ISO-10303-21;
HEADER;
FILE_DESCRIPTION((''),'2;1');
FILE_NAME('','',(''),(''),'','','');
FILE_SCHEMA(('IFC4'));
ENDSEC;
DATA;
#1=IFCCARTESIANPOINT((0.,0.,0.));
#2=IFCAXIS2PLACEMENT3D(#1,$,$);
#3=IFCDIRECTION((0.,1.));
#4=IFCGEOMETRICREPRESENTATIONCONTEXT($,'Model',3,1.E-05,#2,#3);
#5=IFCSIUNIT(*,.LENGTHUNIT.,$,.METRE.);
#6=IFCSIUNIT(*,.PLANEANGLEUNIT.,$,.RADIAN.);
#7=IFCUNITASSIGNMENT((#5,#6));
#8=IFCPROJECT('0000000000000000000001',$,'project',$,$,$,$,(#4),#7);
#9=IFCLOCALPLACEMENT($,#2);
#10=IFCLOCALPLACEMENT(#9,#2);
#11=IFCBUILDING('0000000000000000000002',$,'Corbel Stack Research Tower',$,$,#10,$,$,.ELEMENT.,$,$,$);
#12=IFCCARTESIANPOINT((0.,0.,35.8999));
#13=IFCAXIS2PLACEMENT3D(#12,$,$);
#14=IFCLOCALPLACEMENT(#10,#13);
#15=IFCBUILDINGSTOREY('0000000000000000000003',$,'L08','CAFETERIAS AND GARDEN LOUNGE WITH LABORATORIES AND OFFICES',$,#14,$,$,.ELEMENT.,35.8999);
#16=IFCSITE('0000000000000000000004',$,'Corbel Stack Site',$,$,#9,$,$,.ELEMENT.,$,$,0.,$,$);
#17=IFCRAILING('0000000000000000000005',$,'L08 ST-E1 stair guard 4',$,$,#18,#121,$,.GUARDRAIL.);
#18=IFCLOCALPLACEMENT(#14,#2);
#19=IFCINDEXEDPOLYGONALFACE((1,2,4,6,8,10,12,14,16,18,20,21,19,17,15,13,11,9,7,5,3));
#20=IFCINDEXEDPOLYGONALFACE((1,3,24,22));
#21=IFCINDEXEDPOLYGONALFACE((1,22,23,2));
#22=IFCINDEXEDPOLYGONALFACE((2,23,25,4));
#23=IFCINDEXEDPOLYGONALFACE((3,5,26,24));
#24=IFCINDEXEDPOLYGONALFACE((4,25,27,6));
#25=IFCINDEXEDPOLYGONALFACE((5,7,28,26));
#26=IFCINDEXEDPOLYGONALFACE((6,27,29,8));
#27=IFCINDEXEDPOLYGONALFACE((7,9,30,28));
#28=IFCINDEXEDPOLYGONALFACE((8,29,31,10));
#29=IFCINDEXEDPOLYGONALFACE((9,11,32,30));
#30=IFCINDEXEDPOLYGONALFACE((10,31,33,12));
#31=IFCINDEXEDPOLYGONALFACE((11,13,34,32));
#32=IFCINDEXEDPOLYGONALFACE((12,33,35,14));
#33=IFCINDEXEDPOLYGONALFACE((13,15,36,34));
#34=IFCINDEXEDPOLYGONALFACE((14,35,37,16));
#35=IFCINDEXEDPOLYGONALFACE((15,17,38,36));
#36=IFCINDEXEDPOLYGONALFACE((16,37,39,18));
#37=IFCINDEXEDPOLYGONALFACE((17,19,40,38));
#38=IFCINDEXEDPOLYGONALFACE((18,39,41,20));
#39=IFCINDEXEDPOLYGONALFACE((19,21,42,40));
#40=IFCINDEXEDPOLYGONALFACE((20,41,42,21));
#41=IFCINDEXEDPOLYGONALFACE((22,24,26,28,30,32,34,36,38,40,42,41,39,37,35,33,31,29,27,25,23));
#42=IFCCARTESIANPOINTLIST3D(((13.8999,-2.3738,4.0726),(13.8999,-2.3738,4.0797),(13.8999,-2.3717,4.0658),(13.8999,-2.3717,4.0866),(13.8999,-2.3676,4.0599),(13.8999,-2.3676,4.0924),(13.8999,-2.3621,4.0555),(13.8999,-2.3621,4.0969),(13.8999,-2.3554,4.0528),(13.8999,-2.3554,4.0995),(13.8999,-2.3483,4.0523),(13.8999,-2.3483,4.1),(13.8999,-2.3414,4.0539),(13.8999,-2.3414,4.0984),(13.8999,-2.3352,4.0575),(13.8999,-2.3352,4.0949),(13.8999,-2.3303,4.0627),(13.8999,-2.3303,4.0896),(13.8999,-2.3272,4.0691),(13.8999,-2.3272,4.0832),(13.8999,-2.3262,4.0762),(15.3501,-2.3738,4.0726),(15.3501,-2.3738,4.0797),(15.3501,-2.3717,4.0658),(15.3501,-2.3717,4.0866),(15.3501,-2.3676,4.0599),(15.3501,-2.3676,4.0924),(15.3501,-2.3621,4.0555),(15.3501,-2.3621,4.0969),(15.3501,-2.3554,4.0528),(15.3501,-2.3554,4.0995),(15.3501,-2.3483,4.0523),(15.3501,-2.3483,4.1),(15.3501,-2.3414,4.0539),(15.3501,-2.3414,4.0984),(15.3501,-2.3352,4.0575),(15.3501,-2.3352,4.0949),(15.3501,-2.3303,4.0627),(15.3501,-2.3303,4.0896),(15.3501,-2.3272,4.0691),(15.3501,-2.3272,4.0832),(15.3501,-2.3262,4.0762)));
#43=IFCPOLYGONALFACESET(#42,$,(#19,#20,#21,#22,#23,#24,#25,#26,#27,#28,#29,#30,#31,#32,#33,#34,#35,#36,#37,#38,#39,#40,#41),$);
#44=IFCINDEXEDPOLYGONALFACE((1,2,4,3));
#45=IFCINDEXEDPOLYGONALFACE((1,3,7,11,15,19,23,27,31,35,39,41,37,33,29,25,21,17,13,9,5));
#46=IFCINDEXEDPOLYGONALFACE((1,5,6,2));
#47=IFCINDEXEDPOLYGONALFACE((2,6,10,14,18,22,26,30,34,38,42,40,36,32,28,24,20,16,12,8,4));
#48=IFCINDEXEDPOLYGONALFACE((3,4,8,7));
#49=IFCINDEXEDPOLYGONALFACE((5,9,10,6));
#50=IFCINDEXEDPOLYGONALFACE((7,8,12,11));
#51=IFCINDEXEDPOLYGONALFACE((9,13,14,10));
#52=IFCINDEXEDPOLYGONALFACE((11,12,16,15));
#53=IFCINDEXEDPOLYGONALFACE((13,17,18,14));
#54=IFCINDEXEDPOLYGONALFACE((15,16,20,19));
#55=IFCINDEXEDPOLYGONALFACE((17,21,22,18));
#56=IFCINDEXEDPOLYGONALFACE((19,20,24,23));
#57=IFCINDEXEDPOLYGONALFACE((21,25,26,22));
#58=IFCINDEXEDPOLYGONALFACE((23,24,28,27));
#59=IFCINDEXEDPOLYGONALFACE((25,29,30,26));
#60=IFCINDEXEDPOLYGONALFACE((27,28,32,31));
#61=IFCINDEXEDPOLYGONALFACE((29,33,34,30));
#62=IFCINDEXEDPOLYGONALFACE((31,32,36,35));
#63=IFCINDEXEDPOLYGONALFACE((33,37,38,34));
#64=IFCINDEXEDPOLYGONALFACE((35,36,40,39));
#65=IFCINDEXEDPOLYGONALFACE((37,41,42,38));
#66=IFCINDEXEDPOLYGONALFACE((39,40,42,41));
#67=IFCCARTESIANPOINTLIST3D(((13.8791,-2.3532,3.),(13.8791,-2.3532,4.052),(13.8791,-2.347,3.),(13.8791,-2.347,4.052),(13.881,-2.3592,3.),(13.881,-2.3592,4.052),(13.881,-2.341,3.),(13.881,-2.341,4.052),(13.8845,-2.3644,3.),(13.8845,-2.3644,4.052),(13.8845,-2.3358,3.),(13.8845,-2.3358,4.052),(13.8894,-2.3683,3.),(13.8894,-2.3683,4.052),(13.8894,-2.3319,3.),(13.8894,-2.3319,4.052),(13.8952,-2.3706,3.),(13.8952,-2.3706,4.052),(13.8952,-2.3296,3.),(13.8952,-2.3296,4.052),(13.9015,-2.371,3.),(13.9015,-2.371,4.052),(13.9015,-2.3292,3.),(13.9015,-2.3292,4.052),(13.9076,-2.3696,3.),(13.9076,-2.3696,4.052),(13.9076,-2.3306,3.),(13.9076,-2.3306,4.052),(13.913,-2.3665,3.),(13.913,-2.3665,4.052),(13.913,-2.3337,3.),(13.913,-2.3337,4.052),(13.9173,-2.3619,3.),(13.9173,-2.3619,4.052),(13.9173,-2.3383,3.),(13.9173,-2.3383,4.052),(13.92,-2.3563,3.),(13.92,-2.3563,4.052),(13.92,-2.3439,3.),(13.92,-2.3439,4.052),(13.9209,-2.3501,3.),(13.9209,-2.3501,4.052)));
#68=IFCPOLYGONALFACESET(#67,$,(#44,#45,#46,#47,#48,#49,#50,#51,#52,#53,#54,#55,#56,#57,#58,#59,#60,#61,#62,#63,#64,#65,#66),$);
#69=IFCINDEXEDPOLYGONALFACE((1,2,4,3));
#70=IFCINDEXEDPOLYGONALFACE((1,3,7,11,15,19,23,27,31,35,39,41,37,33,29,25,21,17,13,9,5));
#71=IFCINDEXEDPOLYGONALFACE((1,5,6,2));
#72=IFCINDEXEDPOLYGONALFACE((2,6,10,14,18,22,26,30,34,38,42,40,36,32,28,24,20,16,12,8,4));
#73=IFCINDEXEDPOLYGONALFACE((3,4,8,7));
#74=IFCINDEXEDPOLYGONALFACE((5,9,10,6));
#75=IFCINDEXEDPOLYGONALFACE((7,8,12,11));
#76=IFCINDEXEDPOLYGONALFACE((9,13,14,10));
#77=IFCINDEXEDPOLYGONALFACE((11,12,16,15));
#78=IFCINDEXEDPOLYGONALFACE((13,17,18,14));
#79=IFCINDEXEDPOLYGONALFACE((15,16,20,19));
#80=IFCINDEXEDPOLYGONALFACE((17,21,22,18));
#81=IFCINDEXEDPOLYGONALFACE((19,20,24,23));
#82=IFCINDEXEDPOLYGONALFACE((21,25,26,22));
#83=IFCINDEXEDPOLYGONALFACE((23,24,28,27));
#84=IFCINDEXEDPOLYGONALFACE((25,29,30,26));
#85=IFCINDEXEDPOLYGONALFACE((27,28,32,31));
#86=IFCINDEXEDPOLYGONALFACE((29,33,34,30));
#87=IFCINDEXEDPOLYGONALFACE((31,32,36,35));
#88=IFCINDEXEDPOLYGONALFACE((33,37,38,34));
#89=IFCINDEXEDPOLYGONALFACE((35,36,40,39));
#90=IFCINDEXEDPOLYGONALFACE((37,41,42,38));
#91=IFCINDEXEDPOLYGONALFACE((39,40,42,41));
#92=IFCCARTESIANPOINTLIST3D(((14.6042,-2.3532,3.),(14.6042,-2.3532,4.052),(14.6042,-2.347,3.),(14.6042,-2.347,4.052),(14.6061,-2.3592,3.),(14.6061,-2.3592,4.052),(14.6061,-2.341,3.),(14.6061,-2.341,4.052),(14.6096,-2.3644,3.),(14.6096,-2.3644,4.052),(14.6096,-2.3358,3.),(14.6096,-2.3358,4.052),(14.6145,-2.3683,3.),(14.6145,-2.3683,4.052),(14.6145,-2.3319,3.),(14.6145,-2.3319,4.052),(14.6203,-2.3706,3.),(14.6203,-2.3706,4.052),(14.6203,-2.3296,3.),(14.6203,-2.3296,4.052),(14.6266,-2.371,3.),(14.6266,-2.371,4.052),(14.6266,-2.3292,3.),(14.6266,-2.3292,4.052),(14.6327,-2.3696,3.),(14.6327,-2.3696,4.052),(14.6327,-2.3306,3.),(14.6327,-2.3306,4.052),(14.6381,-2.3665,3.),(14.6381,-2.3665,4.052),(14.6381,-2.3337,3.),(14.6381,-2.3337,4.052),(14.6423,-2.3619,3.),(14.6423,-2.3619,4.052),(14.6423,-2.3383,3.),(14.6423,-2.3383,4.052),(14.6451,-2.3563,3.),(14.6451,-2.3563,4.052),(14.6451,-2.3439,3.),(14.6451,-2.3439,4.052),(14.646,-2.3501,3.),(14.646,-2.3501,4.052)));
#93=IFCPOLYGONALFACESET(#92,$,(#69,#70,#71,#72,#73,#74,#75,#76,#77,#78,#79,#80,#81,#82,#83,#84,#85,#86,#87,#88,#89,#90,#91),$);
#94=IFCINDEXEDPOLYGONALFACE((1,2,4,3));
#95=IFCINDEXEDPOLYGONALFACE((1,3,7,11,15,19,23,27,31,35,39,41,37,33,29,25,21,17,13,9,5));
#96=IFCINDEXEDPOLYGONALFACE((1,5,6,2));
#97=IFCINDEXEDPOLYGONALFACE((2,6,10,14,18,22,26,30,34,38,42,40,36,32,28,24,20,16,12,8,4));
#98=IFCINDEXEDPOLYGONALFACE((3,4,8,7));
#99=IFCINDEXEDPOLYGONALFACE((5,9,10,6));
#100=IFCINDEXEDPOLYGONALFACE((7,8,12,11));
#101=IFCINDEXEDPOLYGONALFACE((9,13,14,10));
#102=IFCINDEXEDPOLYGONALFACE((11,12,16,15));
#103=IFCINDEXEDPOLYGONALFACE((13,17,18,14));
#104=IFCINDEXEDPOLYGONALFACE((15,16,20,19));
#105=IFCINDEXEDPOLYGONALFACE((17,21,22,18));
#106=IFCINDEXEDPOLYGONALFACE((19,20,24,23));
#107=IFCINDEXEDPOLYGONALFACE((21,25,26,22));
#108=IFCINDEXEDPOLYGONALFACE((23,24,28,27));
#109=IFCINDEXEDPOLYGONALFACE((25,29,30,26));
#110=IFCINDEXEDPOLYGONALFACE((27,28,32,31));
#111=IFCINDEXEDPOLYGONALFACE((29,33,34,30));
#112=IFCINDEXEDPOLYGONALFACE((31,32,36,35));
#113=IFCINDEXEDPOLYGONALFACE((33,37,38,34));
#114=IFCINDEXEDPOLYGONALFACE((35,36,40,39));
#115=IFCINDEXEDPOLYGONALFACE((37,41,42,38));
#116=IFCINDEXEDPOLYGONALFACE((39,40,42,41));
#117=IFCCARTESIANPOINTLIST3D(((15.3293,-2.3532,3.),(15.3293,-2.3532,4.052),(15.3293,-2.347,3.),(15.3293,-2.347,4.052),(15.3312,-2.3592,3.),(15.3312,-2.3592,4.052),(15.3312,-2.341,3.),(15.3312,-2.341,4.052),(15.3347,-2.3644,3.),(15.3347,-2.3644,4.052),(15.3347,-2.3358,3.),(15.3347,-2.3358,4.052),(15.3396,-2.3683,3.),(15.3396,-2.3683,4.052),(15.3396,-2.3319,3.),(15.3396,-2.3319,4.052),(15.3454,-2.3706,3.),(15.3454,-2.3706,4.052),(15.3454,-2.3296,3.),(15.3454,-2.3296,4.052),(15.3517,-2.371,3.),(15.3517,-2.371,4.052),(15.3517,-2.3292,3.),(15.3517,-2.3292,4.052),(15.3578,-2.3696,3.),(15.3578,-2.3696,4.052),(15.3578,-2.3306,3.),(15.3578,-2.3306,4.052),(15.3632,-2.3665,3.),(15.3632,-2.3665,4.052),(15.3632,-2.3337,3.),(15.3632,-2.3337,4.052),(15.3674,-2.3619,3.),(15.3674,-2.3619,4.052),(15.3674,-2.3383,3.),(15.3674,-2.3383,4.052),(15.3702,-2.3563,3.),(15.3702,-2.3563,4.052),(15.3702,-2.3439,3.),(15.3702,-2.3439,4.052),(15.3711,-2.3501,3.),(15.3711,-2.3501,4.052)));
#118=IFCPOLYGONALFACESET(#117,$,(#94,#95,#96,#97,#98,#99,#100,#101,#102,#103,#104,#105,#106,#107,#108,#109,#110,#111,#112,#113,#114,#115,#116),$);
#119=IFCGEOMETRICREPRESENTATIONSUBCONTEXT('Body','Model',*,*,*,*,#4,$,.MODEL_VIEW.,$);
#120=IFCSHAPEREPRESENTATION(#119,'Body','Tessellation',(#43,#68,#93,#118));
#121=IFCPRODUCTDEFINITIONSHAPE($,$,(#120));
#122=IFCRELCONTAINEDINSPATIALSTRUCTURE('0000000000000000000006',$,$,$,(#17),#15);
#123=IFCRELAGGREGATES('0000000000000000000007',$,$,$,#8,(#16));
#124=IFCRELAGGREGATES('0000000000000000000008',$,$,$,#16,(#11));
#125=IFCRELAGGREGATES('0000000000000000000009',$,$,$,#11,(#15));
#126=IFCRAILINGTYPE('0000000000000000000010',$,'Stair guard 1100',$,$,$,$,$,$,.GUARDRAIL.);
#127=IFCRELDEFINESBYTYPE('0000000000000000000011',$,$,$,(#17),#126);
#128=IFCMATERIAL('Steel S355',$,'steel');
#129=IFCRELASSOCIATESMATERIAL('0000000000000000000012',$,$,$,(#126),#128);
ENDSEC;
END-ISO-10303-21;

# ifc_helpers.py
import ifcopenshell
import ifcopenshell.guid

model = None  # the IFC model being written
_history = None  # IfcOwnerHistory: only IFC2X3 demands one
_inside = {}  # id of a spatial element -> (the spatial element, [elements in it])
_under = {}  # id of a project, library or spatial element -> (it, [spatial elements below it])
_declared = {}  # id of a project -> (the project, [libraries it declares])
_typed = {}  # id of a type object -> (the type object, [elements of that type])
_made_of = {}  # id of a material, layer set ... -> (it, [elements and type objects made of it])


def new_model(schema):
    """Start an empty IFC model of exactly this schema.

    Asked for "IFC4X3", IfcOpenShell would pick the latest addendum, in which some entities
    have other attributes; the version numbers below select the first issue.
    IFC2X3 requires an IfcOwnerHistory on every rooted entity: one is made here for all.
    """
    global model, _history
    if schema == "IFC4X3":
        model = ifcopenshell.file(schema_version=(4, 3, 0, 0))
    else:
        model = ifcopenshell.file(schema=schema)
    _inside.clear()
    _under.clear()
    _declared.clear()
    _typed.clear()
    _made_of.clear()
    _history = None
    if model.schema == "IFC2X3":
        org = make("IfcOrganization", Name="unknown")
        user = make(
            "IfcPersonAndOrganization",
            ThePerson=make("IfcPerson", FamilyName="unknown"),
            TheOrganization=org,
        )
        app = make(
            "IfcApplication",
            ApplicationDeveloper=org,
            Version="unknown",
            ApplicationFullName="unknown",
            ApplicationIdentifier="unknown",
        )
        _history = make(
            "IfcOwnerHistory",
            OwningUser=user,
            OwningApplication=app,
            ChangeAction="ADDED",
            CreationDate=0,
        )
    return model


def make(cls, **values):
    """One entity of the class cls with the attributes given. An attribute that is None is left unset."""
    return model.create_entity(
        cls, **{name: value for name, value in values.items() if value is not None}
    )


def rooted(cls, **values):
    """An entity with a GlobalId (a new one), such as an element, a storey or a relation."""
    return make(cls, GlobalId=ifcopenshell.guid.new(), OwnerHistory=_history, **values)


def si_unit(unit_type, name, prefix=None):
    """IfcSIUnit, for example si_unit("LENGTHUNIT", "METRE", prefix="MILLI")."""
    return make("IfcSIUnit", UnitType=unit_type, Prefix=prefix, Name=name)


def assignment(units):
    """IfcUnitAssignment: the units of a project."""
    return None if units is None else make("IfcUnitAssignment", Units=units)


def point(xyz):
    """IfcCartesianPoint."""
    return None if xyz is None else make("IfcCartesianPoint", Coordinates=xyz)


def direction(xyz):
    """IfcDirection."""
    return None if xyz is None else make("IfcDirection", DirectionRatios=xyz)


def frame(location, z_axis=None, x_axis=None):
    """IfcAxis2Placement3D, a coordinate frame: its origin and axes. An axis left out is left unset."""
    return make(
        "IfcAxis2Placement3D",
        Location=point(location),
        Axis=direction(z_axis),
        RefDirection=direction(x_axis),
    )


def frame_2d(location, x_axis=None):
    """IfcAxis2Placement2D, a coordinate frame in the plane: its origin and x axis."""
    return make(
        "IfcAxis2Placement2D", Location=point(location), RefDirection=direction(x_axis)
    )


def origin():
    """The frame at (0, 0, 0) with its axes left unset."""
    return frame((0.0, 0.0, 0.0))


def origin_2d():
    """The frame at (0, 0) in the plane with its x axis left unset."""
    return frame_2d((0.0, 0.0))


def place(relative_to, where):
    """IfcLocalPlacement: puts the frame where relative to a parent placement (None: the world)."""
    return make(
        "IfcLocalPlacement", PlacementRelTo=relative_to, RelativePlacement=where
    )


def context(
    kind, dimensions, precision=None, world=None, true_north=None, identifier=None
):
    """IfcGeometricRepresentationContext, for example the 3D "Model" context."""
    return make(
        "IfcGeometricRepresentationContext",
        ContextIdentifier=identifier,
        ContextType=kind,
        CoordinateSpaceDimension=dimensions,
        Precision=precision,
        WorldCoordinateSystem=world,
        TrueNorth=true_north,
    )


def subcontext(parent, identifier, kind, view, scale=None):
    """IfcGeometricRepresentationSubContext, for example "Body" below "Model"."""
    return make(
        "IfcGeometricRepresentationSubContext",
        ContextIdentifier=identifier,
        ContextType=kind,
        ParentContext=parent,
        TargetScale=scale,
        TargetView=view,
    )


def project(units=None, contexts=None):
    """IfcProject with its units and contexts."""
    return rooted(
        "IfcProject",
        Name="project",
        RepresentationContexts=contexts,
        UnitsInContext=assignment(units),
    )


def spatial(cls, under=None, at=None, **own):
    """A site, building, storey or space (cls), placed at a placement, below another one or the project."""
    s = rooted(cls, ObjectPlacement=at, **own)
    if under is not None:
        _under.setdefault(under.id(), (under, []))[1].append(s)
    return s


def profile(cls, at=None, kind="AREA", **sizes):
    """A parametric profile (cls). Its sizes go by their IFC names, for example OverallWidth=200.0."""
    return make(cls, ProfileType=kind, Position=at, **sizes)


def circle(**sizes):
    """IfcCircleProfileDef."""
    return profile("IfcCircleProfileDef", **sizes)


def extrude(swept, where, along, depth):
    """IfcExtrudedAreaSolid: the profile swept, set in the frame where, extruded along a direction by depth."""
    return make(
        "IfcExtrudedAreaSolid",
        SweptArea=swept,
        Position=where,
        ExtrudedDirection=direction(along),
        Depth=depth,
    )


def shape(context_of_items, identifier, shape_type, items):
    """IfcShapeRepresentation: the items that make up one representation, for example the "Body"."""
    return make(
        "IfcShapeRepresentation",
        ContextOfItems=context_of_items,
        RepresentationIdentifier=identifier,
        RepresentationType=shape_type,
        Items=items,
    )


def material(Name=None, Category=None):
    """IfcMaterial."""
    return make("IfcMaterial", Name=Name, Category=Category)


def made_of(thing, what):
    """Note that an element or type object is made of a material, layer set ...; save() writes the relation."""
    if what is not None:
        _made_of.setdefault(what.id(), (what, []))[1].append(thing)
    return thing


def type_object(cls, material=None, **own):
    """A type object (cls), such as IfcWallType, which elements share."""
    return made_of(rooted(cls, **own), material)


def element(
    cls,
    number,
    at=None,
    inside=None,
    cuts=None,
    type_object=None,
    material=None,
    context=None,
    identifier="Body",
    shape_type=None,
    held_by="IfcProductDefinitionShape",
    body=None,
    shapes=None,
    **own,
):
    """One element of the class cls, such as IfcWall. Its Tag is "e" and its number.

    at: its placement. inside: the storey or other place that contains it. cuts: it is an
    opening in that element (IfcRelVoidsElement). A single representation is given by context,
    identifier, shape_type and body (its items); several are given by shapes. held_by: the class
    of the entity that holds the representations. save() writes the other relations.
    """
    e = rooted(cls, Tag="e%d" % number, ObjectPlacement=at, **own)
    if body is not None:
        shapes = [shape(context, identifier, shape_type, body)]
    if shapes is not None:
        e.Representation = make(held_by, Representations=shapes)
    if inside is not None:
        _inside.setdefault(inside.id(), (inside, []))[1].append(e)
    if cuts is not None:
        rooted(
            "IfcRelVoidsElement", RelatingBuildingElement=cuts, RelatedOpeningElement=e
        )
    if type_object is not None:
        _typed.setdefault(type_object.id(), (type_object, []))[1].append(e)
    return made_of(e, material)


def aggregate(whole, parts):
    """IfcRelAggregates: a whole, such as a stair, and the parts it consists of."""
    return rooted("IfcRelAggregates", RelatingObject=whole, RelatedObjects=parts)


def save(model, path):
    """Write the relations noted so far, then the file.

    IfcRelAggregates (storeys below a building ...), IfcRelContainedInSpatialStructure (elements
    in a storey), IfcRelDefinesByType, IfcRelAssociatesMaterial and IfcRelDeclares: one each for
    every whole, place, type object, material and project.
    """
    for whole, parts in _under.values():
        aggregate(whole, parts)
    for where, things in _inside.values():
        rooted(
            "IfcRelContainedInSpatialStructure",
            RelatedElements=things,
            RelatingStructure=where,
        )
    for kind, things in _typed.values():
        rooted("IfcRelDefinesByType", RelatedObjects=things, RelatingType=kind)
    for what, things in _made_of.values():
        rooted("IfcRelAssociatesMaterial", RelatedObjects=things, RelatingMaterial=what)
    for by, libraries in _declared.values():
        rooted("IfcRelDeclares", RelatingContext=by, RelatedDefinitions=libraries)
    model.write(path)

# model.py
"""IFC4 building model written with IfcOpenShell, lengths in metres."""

from ifc_helpers import new_model, si_unit, direction, frame, origin, origin_2d, place, context, subcontext, project, spatial, circle, extrude, material, type_object, element, save


model = new_model("IFC4")

# Units and contexts
model_context = context("Model", 3, precision=1e-05, world=origin(), true_north=direction((0.0, 1.0)))
body_context = subcontext(model_context, "Body", "Model", "MODEL_VIEW")
ifc_project = project(units=[si_unit("LENGTHUNIT", "METRE"), si_unit("PLANEANGLEUNIT", "RADIAN")], contexts=[model_context])

# Site, building, storey
site_placement = place(None, origin())
site = spatial("IfcSite", under=ifc_project, at=site_placement, Name="Corbel Stack Site", CompositionType="ELEMENT", RefElevation=0.0)
building_placement = place(site_placement, origin())
building = spatial("IfcBuilding", under=site, at=building_placement, Name="Corbel Stack Research Tower", CompositionType="ELEMENT")
storey_placement = place(building_placement, frame((0.0, 0.0, 35.8999)))
storey = spatial("IfcBuildingStorey", under=building, at=storey_placement, Name="L08", Description="CAFETERIAS AND GARDEN LOUNGE WITH LABORATORIES AND OFFICES", CompositionType="ELEMENT", Elevation=35.8999)

# Railing
ifc_material_1 = material(Name="Steel S355", Category="steel")
railing_type_1 = type_object("IfcRailingType", Name="Stair guard 1100", PredefinedType="GUARDRAIL", material=ifc_material_1)
railing_1_placement = place(storey_placement, frame((13.8999, -2.3501, 3.0)))
element("IfcRailing", 1, at=railing_1_placement, inside=storey, type_object=railing_type_1, Name="L08 ST-E1 stair guard 4", PredefinedType="GUARDRAIL", context=body_context, shape_type="SweptSolid", body=[
    extrude(circle(Radius=0.0239, at=origin_2d()), frame((0.0, 0.0, 1.0762), z_axis=(1.0, 0.0, 0.0), x_axis=(0.0, 1.0, 0.0)), (0.0, 0.0, 1.0), 1.4502),
    extrude(circle(Radius=0.021, at=origin_2d()), origin(), (0.0, 0.0, 1.0), 1.052),
    extrude(circle(Radius=0.021, at=origin_2d()), frame((0.7251, 0.0, 0.0)), (0.0, 0.0, 1.0), 1.052),
    extrude(circle(Radius=0.021, at=origin_2d()), frame((1.4502, 0.0, 0.0)), (0.0, 0.0, 1.0), 1.052),
])

save(model, "model.ifc")
